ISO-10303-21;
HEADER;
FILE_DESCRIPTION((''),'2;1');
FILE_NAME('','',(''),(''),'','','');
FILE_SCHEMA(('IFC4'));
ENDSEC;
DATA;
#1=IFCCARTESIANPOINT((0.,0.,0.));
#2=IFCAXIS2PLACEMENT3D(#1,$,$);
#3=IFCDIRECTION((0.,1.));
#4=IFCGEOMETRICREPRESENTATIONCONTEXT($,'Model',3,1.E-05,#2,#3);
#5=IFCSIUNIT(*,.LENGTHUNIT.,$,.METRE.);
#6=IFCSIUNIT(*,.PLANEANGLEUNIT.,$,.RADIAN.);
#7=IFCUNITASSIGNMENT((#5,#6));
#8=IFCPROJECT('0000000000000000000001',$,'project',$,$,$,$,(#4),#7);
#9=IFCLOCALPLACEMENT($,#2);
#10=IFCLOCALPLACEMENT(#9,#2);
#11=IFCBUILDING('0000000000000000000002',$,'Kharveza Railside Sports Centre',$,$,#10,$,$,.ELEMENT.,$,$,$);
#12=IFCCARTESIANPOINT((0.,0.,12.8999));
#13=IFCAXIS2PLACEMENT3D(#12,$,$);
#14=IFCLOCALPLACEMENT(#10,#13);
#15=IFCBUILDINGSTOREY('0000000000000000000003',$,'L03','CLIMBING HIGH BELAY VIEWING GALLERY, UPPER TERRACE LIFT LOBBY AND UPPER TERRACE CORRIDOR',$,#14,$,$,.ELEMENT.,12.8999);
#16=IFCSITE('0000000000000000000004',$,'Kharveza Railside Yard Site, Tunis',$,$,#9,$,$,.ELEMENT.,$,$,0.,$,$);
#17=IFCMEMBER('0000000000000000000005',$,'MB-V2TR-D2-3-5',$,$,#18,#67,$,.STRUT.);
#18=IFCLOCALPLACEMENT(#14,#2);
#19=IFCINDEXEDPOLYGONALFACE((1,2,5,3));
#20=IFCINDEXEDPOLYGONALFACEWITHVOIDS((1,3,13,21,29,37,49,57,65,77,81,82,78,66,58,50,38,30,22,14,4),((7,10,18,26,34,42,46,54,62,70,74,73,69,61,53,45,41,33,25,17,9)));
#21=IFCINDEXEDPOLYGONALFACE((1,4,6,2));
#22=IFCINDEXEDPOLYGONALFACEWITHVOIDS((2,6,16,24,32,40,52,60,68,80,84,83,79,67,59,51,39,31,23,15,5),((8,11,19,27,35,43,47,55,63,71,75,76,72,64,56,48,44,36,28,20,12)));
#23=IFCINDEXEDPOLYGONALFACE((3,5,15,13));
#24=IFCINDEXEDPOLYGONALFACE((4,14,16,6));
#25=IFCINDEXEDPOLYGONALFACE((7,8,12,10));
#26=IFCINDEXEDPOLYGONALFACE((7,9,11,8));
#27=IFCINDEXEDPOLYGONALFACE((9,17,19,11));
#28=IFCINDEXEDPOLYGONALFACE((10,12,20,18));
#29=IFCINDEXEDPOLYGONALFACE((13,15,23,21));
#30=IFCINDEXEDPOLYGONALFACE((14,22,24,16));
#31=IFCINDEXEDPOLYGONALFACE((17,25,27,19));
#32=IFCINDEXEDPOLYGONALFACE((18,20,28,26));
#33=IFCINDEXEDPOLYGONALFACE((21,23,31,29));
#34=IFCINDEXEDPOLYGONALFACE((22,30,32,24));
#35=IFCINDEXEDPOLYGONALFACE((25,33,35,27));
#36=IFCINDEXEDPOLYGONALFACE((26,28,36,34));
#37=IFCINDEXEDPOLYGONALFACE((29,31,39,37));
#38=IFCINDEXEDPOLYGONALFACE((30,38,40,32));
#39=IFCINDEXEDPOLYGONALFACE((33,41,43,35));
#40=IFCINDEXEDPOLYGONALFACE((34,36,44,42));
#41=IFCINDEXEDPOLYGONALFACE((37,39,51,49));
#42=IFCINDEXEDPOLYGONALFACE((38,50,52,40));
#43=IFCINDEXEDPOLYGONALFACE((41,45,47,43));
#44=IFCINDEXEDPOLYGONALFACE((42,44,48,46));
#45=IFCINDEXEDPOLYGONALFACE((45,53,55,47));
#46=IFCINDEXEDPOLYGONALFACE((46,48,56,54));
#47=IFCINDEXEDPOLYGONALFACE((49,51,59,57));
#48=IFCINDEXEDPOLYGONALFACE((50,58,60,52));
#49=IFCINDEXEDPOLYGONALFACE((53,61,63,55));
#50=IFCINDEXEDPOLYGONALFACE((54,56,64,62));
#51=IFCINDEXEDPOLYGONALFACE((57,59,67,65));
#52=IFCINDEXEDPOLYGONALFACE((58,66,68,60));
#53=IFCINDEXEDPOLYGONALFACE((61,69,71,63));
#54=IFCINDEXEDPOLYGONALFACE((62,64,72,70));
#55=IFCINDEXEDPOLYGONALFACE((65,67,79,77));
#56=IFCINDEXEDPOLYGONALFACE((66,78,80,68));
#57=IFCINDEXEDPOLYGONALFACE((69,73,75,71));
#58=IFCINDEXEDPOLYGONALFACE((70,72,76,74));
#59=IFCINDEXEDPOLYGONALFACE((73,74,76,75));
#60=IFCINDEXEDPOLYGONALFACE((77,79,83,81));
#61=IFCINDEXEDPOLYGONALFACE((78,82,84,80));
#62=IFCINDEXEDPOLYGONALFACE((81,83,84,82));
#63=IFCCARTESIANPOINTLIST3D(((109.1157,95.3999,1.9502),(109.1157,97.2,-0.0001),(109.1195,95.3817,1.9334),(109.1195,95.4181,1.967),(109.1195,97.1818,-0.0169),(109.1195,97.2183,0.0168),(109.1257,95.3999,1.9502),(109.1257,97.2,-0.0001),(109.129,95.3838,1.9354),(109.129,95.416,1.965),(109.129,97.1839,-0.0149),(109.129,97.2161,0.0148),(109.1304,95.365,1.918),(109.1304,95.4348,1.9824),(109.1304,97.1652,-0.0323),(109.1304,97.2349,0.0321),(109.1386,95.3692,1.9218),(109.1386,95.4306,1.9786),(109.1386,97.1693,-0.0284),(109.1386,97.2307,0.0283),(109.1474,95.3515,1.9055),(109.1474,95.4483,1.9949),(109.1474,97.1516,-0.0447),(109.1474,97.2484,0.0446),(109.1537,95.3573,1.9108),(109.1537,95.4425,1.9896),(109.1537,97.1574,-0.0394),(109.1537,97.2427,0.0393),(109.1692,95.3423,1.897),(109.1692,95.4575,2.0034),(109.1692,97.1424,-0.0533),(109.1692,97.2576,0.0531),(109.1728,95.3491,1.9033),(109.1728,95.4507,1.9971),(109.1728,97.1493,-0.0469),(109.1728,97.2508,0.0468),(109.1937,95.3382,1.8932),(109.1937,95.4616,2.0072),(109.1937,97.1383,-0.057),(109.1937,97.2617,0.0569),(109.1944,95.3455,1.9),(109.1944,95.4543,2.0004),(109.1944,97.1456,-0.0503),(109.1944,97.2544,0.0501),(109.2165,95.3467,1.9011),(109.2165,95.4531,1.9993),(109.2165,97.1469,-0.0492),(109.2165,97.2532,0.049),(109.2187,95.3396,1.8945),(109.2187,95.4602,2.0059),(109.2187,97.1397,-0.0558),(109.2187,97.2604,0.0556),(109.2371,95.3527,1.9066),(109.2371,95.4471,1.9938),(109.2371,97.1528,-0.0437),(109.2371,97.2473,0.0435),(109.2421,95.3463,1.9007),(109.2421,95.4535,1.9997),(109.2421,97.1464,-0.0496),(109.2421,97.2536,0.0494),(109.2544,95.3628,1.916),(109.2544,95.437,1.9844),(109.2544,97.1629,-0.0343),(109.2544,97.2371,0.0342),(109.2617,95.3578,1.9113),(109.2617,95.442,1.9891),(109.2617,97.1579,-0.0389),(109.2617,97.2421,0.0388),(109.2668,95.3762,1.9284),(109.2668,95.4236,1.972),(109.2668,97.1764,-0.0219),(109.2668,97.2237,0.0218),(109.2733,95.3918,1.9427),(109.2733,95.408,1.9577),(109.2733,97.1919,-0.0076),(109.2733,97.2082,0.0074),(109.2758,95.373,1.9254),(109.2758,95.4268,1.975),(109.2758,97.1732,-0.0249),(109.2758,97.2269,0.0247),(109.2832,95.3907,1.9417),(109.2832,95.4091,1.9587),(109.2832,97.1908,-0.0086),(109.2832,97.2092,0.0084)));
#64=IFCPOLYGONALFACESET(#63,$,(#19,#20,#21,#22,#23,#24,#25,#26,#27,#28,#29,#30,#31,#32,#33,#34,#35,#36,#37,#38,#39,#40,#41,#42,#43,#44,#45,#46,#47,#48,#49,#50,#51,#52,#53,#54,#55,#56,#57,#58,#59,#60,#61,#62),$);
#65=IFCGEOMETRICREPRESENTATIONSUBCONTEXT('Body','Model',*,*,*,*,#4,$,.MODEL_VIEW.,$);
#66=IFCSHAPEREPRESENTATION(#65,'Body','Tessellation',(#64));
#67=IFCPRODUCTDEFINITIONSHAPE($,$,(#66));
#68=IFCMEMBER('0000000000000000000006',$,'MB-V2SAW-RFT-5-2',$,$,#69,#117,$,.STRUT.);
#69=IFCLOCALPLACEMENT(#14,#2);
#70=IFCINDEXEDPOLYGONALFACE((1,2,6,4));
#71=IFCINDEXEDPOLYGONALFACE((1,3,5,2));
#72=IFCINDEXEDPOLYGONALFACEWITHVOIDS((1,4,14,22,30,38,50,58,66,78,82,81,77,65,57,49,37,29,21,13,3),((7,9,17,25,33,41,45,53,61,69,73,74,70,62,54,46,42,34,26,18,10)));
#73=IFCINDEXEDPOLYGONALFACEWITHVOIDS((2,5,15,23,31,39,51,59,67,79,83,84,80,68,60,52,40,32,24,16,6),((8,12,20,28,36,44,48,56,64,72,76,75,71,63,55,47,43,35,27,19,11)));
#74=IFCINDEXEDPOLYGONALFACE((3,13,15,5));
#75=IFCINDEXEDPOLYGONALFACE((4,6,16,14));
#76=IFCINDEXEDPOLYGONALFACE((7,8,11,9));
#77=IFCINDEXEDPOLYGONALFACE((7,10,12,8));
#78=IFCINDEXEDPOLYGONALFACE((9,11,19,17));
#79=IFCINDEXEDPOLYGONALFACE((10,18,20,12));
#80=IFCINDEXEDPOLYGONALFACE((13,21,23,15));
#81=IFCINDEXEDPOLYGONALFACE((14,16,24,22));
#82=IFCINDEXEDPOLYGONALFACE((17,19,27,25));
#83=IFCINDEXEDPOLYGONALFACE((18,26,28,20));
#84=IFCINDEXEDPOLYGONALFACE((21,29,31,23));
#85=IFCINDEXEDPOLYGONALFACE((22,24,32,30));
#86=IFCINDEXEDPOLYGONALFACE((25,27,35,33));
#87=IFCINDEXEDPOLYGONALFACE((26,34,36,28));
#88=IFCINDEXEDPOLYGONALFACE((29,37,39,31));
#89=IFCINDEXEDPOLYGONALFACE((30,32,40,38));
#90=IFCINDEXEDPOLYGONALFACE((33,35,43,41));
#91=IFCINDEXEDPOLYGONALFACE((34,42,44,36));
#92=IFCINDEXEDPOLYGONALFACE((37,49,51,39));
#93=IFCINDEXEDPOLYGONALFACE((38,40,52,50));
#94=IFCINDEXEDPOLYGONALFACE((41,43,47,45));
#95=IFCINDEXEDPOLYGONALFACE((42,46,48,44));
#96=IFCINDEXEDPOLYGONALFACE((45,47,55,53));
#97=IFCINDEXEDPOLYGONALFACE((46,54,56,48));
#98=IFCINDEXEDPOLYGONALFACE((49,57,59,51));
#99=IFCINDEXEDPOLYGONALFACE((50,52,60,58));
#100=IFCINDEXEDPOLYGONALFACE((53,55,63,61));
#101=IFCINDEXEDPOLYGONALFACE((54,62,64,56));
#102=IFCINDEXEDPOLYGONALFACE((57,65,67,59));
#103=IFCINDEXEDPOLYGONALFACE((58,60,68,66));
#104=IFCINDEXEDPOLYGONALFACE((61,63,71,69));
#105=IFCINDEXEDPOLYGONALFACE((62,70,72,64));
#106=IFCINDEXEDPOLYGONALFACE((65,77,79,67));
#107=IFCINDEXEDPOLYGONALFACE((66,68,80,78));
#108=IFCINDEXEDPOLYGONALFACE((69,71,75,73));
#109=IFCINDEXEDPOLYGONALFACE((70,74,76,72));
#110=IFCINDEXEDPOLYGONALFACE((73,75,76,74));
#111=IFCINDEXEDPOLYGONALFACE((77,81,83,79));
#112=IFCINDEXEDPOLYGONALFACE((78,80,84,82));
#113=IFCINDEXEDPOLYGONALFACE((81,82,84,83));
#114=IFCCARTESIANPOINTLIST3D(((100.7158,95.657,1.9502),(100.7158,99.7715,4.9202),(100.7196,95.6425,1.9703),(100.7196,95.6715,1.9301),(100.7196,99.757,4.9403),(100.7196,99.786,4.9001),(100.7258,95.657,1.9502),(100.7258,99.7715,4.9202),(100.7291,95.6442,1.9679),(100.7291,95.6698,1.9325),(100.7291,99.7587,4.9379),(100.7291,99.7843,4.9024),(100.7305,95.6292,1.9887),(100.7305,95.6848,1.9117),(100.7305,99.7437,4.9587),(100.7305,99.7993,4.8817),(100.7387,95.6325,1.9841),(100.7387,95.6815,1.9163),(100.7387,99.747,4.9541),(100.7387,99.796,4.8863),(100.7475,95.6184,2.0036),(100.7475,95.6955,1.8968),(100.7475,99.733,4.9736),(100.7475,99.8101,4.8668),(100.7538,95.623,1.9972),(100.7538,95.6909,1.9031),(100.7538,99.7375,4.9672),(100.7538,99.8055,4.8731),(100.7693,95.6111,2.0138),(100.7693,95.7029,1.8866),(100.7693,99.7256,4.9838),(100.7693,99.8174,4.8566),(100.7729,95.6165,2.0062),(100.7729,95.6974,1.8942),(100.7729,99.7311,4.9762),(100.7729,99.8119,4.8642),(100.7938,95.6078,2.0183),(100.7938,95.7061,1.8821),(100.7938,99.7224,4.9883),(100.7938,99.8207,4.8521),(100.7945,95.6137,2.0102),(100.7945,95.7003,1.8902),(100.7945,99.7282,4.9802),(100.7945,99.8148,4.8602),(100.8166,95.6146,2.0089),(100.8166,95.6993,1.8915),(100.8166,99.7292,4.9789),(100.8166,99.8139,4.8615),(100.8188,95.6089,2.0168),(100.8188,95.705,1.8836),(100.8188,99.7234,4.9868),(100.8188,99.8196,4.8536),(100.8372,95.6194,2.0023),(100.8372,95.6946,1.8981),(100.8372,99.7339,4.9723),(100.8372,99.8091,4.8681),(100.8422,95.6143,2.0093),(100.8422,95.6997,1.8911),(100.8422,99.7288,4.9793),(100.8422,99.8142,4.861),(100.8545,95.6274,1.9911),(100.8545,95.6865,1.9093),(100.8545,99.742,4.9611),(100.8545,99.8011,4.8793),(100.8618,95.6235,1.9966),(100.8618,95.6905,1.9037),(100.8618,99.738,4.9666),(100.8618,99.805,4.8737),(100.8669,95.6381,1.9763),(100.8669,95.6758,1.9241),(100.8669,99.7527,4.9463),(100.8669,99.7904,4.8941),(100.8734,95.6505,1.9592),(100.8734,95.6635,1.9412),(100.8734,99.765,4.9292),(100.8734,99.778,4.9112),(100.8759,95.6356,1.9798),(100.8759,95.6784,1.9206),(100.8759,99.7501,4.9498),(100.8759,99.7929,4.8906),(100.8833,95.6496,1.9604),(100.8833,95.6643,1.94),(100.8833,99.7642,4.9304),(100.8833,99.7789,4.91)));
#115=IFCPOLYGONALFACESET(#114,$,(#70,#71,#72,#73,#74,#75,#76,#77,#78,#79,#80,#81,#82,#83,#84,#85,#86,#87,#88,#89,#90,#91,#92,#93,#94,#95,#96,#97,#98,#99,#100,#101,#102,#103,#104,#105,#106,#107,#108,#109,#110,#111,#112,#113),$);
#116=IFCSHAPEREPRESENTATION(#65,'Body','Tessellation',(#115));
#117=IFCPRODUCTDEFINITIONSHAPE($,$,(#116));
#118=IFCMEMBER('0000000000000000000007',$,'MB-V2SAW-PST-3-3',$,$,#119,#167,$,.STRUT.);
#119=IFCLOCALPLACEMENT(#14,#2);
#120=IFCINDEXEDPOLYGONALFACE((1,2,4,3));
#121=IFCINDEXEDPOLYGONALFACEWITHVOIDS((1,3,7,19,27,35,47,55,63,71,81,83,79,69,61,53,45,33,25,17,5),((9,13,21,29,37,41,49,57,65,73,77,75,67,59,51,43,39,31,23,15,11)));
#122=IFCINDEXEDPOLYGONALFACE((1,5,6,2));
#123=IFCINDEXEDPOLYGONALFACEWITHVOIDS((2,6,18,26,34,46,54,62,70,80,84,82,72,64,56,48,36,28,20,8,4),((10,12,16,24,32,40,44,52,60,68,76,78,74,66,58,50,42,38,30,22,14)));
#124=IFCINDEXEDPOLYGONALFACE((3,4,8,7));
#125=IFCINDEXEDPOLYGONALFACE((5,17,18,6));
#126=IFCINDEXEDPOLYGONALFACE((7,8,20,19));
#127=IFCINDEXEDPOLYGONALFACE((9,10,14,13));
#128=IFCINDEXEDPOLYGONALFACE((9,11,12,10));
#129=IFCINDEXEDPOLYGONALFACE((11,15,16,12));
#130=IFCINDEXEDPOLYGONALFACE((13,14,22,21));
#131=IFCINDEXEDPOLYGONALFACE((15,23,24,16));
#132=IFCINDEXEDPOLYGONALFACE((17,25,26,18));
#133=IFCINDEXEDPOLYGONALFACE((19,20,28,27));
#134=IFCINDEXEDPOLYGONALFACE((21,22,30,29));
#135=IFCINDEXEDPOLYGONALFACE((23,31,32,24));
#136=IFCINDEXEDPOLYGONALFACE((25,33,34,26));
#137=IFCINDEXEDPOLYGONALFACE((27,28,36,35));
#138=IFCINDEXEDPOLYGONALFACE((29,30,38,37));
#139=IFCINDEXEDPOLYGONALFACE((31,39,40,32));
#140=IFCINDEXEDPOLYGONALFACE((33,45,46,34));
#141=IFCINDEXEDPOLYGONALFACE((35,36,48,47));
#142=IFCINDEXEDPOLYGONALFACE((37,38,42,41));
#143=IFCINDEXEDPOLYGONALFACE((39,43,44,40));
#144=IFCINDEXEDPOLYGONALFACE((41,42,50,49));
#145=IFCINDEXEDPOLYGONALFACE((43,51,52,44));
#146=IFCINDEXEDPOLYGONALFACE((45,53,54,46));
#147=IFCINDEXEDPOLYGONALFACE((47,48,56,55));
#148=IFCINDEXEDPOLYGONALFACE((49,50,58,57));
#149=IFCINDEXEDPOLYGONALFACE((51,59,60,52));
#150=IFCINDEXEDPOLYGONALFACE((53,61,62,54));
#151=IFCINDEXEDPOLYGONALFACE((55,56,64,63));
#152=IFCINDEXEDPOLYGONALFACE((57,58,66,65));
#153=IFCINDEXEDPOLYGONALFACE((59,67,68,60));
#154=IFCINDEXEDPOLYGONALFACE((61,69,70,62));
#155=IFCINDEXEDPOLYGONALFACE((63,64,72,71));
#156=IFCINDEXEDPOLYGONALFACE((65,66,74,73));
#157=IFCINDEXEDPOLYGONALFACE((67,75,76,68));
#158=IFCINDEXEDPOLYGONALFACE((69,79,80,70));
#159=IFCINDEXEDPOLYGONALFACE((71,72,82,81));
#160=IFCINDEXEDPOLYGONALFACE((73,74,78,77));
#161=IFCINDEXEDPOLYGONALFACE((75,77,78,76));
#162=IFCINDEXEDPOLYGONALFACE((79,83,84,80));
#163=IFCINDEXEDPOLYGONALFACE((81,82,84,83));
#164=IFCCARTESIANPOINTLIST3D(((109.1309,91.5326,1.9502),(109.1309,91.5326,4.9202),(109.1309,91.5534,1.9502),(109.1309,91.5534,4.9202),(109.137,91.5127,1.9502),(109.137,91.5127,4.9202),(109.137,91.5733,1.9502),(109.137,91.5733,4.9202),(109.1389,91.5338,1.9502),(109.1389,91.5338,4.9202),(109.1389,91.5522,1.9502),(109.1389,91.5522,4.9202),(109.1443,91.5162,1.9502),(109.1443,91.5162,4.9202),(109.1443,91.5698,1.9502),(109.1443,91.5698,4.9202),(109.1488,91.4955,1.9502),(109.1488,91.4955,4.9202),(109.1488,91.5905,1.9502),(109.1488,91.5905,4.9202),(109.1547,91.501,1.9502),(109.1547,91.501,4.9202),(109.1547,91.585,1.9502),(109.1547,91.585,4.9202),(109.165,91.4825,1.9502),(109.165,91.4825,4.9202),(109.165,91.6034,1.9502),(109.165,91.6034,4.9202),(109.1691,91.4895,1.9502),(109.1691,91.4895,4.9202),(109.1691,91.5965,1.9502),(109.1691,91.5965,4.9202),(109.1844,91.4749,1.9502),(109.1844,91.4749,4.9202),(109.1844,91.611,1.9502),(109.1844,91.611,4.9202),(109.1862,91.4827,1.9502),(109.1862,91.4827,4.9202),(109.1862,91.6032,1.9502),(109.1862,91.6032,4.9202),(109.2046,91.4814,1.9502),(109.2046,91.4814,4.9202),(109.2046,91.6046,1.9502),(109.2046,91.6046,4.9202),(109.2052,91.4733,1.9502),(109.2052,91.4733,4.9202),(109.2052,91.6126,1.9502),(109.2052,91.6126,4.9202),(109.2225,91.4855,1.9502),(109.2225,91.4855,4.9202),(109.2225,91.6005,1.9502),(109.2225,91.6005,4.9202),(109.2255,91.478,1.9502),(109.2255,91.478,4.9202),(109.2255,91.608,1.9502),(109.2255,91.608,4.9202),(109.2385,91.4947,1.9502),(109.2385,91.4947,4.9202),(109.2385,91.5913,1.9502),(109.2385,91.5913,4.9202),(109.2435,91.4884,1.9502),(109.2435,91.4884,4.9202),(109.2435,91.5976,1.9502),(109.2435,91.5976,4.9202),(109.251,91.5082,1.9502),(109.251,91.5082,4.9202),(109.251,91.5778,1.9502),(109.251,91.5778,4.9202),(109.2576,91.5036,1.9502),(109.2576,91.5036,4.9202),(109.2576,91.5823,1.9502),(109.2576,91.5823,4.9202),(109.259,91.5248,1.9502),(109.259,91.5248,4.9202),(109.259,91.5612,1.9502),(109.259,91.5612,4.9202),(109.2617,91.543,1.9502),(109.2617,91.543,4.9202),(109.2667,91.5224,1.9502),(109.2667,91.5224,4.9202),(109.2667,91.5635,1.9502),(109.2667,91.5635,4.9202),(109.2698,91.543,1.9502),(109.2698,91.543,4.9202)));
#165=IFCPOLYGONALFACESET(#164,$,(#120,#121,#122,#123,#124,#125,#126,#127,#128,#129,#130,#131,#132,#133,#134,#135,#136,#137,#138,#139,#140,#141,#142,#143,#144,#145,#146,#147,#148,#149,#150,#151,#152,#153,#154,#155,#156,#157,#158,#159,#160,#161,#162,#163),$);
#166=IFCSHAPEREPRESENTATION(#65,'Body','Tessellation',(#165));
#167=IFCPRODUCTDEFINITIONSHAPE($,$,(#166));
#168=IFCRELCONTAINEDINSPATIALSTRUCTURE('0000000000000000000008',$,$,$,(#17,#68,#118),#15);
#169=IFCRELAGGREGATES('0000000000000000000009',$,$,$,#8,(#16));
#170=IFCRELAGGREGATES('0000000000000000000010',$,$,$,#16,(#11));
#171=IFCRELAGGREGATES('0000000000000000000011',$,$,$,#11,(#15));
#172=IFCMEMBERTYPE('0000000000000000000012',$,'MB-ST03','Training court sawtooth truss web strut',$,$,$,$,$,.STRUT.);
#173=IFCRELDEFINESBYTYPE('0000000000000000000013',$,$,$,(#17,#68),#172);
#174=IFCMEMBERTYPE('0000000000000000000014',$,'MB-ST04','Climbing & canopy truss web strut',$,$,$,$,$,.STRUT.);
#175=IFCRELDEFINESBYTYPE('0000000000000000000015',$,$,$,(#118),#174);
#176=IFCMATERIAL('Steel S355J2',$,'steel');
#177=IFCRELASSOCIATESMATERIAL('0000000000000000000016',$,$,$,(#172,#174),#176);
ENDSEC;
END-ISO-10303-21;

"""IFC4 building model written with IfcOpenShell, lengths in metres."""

from ifc_helpers import new_model, si_unit, direction, frame, origin, origin_2d, place, context, subcontext, project, spatial, hollow_circle, extrude, material, material_profile, profile_set, type_object, element, save


model = new_model("IFC4")

# Units and contexts
model_context = context("Model", 3, precision=1e-05, world=origin(), true_north=direction((0.0, 1.0)))
body_context = subcontext(model_context, "Body", "Model", "MODEL_VIEW")
ifc_project = project(units=[si_unit("LENGTHUNIT", "METRE"), si_unit("PLANEANGLEUNIT", "RADIAN")], contexts=[model_context])

# Site, building, storey
site_placement = place(None, origin())
site = spatial("IfcSite", under=ifc_project, at=site_placement, Name="Kharveza Railside Yard Site, Tunis", CompositionType="ELEMENT", RefElevation=0.0)
building_placement = place(site_placement, origin())
building = spatial("IfcBuilding", under=site, at=building_placement, Name="Kharveza Railside Sports Centre", CompositionType="ELEMENT")
storey_placement = place(building_placement, frame((0.0, 0.0, 12.8999)))
storey = spatial("IfcBuildingStorey", under=building, at=storey_placement, Name="L03", Description="CLIMBING HIGH BELAY VIEWING GALLERY, UPPER TERRACE LIFT LOBBY AND UPPER TERRACE CORRIDOR", CompositionType="ELEMENT", Elevation=12.8999)

# Shared definitions
ifc_material_1 = material(Name="Steel S355J2", Category="steel")

# Members
ifc_material_profile_1 = material_profile(ifc_material_1, hollow_circle(Radius=0.0842, WallThickness=0.01, at=origin_2d()), Name="CHS 168.3x10.0")
ifc_profile_set_1 = profile_set([ifc_material_profile_1], Name="Steel S355J2")
member_type_1 = type_object("IfcMemberType", Name="MB-ST03", Description="Training court sawtooth truss web strut", PredefinedType="STRUT", material=ifc_profile_set_1)
member_1_placement = place(storey_placement, frame((109.2, 95.3999, 1.9502), z_axis=(0.0, 0.678253, -0.734828), x_axis=(-1.0, 0.0, 0.0)))
element("IfcMember", 1, at=member_1_placement, inside=storey, type_object=member_type_1, Name="MB-V2TR-D2-3-5", PredefinedType="STRUT", context=body_context, shape_type="SweptSolid", body=[
    extrude(hollow_circle(Radius=0.0842, WallThickness=0.01, at=origin_2d()), origin(), (0.0, 0.0, 1.0), 2.6541),
])
member_2_placement = place(storey_placement, frame((100.8, 95.657, 1.9502), z_axis=(0.0, 0.81083, 0.585281), x_axis=(-1.0, 0.0, 0.0)))
element("IfcMember", 2, at=member_2_placement, inside=storey, type_object=member_type_1, Name="MB-V2SAW-RFT-5-2", PredefinedType="STRUT", context=body_context, shape_type="SweptSolid", body=[
    extrude(hollow_circle(Radius=0.0842, WallThickness=0.01, at=origin_2d()), origin(), (0.0, 0.0, 1.0), 5.0745),
])
ifc_material_profile_2 = material_profile(ifc_material_1, hollow_circle(Radius=0.0698, WallThickness=0.0081, at=origin_2d()), Name="CHS 139.7x8.0")
ifc_profile_set_2 = profile_set([ifc_material_profile_2], Name="Steel S355J2")
member_type_2 = type_object("IfcMemberType", Name="MB-ST04", Description="Climbing & canopy truss web strut", PredefinedType="STRUT", material=ifc_profile_set_2)
for number, where, z_axis, x_axis, name in (
    (3, (109.2, 91.543, 1.9502), (0.0, 0.0, 1.0), (1.0, 0.0, 0.0), "MB-V2SAW-PST-3-3"),
):
    element("IfcMember", number, at=place(storey_placement, frame(where, z_axis=z_axis, x_axis=x_axis)), inside=storey, type_object=member_type_2, Name=name, PredefinedType="STRUT", context=body_context, shape_type="SweptSolid", body=[
        extrude(hollow_circle(Radius=0.0698, WallThickness=0.0081, at=origin_2d()), origin(), (0.0, 0.0, 1.0), 2.97),
    ])

save(model, "model.ifc")
